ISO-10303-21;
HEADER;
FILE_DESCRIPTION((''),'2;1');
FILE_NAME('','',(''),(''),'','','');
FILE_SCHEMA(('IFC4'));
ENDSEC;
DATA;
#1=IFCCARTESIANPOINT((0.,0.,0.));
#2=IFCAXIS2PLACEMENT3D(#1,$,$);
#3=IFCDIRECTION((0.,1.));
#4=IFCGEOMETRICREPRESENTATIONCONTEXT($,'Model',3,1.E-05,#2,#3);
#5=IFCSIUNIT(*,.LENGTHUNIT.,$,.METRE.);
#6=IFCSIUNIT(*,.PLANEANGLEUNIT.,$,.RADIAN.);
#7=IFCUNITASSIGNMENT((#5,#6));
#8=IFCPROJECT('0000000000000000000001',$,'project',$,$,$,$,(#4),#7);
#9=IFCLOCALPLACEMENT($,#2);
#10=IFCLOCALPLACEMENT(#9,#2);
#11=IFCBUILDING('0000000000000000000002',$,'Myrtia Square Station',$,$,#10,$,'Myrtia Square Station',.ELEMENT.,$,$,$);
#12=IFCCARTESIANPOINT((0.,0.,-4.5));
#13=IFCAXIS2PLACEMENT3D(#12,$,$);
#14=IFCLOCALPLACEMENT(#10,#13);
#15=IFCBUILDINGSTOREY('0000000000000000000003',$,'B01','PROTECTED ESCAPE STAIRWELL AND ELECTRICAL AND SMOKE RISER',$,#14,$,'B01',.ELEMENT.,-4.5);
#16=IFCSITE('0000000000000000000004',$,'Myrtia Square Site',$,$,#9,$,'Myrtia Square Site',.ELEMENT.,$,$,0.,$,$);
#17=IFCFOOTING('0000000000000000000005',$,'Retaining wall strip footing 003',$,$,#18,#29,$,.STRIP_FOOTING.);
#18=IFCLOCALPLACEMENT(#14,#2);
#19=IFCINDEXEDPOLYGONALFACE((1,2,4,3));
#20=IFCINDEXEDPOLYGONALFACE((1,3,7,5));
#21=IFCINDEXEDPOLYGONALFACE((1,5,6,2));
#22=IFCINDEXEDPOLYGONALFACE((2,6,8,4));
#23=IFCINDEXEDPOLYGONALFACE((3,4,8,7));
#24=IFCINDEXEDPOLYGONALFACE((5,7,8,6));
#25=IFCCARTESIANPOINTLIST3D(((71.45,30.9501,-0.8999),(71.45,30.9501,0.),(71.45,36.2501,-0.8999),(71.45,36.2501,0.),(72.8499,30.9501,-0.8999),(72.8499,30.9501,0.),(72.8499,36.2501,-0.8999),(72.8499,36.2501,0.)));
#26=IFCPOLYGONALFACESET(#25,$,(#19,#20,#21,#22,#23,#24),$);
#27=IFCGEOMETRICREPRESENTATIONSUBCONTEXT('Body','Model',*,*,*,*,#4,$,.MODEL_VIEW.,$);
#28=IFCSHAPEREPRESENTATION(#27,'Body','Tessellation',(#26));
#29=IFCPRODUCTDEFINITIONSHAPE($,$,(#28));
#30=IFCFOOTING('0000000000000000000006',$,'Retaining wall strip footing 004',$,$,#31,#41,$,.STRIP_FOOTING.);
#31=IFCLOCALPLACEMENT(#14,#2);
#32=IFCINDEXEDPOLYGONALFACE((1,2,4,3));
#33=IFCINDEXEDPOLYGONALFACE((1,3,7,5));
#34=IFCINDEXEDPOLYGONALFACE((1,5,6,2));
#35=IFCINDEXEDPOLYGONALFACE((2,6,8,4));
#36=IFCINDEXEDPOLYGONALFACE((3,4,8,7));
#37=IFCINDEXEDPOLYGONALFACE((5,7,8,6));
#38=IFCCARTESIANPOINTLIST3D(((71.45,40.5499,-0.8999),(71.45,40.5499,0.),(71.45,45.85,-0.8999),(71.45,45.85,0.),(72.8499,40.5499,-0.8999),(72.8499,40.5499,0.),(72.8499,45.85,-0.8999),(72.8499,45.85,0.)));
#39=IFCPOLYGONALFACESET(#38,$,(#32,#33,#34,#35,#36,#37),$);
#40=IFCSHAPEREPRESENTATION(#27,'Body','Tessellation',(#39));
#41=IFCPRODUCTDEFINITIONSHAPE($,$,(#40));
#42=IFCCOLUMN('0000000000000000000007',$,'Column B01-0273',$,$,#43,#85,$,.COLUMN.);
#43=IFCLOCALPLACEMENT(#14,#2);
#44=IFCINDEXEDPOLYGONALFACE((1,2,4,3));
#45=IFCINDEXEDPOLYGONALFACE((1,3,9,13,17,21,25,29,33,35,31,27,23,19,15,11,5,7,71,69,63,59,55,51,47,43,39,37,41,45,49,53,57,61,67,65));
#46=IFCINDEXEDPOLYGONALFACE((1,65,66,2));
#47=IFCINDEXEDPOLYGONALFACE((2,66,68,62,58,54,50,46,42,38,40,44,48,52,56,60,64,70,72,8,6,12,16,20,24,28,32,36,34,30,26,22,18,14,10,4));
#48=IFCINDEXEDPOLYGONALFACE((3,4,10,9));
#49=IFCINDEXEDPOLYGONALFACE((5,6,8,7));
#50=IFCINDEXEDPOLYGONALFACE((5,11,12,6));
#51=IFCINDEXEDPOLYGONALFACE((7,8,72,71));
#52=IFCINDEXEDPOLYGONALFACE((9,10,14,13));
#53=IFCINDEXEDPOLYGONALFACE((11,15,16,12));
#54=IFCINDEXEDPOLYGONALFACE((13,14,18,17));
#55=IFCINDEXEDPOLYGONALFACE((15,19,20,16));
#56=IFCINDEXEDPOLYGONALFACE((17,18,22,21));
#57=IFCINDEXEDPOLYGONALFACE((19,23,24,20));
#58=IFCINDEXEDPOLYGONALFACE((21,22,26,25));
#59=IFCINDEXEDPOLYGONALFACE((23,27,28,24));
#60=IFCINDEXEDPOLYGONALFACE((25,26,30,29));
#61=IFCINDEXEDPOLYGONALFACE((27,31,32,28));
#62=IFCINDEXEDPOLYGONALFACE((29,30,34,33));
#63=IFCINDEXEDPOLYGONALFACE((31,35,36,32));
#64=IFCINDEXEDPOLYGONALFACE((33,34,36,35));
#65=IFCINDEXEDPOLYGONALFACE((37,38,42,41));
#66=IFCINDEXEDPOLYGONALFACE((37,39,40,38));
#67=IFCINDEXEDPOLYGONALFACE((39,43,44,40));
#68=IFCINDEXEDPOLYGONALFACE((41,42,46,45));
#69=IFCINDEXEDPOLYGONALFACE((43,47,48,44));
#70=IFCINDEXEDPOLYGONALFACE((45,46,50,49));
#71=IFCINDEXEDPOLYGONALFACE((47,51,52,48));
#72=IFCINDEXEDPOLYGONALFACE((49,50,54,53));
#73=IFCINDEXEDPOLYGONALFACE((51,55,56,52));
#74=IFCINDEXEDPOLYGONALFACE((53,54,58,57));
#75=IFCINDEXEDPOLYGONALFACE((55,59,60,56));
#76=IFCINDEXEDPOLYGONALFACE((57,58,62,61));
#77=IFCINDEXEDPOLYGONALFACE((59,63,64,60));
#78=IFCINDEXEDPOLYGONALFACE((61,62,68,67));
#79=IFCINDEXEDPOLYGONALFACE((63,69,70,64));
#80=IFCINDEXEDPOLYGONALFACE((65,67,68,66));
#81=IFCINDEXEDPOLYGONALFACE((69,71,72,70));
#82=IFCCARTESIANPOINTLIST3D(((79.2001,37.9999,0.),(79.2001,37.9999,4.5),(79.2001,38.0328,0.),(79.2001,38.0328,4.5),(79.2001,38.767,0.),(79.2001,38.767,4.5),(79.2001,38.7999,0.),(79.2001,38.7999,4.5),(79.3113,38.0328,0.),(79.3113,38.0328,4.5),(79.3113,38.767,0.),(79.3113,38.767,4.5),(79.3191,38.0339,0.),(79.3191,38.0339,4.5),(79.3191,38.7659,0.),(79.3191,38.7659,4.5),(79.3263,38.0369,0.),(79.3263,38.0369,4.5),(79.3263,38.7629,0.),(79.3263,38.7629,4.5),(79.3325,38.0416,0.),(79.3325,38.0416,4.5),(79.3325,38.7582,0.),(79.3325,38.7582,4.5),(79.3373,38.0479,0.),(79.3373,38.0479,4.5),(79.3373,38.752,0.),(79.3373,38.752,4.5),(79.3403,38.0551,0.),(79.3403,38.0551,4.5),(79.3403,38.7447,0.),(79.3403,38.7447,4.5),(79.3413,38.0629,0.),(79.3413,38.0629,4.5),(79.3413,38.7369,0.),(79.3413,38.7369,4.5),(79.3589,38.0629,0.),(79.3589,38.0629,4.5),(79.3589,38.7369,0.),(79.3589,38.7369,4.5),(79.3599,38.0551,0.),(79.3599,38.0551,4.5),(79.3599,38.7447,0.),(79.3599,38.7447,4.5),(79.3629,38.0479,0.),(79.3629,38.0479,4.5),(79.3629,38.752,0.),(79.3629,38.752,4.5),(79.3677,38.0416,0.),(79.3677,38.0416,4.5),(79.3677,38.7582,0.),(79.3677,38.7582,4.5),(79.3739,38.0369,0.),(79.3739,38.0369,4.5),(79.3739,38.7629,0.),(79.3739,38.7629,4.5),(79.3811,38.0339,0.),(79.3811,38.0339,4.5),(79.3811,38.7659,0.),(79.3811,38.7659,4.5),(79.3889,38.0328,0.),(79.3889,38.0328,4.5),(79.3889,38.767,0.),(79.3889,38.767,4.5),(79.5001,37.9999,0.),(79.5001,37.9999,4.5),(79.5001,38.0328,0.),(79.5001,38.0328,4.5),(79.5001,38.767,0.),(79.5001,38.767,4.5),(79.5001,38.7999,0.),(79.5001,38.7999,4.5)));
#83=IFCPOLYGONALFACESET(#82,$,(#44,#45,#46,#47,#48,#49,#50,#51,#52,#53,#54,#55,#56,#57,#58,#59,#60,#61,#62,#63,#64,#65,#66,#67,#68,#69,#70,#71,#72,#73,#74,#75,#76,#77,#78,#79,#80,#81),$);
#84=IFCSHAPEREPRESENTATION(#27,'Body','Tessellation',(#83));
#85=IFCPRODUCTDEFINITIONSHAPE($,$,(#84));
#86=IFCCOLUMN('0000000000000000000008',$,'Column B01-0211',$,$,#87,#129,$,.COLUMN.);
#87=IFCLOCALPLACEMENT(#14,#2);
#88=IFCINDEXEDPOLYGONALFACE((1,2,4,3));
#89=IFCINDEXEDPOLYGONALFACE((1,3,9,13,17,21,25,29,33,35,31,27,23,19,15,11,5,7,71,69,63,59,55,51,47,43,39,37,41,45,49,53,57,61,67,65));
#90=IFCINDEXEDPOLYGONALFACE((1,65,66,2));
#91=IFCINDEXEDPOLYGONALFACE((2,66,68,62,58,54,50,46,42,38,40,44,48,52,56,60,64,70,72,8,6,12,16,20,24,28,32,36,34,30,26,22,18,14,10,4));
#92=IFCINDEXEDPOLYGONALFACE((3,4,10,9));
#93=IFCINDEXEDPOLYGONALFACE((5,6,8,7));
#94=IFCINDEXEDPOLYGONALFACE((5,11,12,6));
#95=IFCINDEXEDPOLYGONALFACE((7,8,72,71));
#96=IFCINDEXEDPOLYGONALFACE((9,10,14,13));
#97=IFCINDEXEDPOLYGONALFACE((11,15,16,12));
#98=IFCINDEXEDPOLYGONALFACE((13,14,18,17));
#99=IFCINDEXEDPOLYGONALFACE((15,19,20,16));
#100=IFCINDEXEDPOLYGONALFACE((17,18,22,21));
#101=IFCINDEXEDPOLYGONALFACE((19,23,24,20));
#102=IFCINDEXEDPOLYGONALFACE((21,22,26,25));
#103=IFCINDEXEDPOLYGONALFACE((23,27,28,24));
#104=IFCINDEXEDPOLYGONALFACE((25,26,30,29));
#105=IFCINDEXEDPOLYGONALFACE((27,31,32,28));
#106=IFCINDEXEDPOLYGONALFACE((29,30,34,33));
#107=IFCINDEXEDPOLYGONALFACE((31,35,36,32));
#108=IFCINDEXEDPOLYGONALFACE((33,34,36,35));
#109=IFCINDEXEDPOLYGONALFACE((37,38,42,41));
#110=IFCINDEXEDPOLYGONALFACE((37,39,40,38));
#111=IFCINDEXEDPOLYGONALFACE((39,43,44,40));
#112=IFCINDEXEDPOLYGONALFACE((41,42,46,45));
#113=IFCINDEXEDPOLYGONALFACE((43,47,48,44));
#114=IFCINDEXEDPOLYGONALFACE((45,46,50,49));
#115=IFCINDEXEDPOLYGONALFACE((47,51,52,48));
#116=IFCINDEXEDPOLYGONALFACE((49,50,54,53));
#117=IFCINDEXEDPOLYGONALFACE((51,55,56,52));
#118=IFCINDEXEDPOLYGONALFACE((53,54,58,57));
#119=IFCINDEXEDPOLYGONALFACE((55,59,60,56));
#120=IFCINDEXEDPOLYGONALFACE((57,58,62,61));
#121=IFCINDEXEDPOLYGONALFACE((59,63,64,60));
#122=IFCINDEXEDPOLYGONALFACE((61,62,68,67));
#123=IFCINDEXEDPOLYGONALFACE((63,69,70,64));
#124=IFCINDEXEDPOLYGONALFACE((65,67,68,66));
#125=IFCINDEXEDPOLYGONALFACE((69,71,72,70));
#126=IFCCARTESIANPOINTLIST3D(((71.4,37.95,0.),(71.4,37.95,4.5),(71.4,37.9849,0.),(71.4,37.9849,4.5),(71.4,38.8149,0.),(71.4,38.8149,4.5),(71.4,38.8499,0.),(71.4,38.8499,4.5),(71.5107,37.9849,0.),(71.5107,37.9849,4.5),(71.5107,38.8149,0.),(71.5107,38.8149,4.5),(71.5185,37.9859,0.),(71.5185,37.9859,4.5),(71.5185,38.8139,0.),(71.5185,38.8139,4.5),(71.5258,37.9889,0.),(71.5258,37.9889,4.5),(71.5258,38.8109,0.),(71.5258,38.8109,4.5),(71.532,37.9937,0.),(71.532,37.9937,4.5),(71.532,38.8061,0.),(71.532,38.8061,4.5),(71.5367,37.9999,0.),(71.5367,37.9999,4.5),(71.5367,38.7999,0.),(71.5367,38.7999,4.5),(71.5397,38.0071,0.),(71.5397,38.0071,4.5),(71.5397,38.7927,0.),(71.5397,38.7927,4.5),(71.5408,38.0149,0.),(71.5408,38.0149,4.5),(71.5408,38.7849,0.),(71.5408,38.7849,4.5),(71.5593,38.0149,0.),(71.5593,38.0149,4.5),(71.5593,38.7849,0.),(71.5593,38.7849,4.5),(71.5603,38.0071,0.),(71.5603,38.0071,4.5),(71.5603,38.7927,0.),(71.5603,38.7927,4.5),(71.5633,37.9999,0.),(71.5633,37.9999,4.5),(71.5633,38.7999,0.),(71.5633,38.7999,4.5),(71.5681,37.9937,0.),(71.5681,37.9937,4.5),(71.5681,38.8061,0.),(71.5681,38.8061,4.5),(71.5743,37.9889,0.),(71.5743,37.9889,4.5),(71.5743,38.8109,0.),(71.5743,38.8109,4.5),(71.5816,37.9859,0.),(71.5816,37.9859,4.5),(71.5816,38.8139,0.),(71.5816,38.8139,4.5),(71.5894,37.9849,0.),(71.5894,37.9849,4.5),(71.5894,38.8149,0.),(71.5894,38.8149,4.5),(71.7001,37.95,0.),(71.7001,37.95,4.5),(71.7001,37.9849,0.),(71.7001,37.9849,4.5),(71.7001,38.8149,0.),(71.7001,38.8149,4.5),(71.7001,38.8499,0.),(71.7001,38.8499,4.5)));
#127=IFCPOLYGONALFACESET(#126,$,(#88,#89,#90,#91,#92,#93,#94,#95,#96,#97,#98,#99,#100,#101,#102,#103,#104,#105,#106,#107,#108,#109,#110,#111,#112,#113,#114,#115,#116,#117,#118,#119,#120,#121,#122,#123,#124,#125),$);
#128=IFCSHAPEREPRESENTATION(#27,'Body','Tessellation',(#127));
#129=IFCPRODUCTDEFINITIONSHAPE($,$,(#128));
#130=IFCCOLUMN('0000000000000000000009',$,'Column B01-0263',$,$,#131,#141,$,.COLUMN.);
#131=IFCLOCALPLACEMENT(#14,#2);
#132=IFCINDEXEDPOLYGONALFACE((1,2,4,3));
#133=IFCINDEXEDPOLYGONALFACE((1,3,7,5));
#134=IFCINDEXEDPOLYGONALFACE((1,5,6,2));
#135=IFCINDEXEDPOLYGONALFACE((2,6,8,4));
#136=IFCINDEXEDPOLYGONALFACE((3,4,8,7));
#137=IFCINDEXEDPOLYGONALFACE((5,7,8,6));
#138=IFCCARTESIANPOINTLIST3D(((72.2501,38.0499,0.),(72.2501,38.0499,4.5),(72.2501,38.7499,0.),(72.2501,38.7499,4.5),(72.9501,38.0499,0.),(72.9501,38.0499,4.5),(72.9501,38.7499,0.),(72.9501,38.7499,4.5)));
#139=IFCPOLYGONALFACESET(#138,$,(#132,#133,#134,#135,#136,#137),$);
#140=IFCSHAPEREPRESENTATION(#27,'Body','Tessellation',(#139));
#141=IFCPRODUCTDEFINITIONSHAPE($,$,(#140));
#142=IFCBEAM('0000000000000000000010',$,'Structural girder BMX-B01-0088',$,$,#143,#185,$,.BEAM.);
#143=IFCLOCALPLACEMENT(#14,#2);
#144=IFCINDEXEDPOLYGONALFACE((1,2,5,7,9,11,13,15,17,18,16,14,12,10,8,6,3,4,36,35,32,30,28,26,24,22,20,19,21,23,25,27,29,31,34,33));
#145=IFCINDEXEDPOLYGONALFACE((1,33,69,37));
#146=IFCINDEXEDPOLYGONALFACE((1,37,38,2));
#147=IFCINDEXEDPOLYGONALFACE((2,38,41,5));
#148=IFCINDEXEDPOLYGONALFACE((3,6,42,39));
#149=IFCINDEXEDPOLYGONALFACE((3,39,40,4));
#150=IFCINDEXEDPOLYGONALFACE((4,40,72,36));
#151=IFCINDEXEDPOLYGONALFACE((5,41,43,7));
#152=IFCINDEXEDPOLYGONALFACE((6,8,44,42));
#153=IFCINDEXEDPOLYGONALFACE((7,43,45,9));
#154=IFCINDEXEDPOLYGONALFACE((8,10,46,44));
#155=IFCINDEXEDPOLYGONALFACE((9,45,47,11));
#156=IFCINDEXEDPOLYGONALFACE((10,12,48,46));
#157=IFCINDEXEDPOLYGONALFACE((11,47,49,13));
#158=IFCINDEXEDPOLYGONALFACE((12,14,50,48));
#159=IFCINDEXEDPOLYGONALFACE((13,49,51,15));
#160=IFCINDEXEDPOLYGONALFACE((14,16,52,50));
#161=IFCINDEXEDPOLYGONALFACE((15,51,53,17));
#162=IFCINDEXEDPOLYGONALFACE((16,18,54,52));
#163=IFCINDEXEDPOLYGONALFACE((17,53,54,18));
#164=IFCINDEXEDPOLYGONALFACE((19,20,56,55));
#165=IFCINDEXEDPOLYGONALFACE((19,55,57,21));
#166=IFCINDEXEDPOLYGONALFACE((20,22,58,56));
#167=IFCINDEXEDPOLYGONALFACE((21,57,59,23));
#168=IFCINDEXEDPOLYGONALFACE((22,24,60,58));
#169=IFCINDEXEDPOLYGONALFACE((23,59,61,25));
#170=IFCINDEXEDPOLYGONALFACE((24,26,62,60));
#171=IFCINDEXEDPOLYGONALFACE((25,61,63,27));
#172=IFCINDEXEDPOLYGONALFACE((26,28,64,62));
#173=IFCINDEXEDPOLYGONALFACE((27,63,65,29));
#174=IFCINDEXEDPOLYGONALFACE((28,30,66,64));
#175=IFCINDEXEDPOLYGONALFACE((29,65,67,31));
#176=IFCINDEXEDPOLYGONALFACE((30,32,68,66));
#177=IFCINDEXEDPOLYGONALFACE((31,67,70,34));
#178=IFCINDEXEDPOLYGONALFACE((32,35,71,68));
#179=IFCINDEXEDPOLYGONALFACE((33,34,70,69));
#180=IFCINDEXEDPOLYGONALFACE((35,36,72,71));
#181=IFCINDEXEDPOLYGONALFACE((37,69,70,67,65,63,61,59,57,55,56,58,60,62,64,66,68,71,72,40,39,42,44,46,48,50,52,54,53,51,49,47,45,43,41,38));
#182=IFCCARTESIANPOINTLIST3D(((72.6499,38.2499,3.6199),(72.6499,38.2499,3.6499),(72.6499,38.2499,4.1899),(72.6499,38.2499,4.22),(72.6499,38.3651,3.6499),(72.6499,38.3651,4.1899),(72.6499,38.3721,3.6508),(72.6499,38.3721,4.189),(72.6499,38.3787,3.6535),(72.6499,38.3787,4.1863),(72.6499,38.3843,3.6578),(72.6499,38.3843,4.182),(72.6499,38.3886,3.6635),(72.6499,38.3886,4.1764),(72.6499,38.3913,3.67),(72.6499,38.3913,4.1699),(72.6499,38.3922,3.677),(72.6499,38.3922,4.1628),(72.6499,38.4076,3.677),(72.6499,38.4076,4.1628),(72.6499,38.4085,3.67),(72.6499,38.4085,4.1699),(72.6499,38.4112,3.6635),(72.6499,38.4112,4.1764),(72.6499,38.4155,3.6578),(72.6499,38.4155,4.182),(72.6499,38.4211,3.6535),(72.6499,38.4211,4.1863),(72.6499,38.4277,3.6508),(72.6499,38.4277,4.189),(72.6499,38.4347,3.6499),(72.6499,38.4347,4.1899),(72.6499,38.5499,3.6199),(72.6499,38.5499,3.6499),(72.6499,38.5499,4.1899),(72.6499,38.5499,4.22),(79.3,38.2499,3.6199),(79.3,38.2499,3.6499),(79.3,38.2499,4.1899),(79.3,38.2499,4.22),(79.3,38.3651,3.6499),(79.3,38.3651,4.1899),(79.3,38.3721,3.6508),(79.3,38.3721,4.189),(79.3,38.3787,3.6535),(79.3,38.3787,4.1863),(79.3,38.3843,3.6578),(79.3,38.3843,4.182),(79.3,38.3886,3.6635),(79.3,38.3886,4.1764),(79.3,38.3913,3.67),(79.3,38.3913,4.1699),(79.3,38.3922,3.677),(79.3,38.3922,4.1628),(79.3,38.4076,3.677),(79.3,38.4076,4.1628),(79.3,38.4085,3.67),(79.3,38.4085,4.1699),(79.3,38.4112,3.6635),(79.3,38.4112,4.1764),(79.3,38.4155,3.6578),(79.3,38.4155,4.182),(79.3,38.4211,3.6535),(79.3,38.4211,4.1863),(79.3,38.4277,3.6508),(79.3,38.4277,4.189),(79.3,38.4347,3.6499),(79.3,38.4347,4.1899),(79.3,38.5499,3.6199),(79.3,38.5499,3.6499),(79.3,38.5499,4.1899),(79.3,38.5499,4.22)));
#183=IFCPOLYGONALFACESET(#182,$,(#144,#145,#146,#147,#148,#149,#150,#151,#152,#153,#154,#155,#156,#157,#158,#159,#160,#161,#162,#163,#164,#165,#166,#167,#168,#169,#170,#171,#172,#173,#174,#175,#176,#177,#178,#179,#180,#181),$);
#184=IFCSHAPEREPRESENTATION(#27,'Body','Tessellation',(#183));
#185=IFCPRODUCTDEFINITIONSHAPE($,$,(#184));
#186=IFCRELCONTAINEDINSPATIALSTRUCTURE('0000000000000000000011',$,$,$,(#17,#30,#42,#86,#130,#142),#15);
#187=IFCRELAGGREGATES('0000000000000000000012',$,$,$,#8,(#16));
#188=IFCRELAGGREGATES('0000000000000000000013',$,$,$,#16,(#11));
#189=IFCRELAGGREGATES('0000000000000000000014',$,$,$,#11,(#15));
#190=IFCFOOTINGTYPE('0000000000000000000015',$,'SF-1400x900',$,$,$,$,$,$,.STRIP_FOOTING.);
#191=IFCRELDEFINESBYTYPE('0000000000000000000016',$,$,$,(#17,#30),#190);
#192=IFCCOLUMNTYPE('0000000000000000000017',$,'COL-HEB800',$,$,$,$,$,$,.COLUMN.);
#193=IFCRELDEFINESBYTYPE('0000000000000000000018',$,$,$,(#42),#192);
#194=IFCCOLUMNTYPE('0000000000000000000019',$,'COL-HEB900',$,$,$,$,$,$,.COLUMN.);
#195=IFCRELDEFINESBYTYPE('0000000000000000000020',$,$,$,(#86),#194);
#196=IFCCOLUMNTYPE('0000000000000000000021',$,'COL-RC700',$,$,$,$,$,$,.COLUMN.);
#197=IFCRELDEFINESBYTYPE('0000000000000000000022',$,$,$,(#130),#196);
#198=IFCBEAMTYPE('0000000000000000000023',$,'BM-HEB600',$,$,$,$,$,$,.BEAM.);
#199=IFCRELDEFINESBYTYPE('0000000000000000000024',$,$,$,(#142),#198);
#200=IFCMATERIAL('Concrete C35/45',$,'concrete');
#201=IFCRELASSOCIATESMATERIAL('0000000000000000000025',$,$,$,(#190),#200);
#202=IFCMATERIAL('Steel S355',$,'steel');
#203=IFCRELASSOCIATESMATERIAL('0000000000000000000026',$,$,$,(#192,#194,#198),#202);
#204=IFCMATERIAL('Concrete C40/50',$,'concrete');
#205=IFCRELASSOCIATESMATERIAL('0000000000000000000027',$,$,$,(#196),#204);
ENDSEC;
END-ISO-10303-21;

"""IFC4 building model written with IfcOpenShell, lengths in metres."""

from ifc_helpers import new_model, si_unit, direction, frame, origin, origin_2d, place, context, subcontext, project, spatial, rectangle, i_section, extrude, material, material_profile, profile_set, type_object, element, save


model = new_model("IFC4")

# Units and contexts
model_context = context("Model", 3, precision=1e-05, world=origin(), true_north=direction((0.0, 1.0)))
body_context = subcontext(model_context, "Body", "Model", "MODEL_VIEW")
ifc_project = project(units=[si_unit("LENGTHUNIT", "METRE"), si_unit("PLANEANGLEUNIT", "RADIAN")], contexts=[model_context])

# Site, building, storey
site_placement = place(None, origin())
site = spatial("IfcSite", under=ifc_project, at=site_placement, Name="Myrtia Square Site", LongName="Myrtia Square Site", CompositionType="ELEMENT", RefElevation=0.0)
building_placement = place(site_placement, origin())
building = spatial("IfcBuilding", under=site, at=building_placement, Name="Myrtia Square Station", LongName="Myrtia Square Station", CompositionType="ELEMENT")
storey_placement = place(building_placement, frame((0.0, 0.0, -4.5)))
storey = spatial("IfcBuildingStorey", under=building, at=storey_placement, Name="B01", Description="PROTECTED ESCAPE STAIRWELL AND ELECTRICAL AND SMOKE RISER", LongName="B01", CompositionType="ELEMENT", Elevation=-4.5)

# Shared definitions
ifc_material_1 = material(Name="Concrete C35/45", Category="concrete")

# Footings
footing_type_1 = type_object("IfcFootingType", Name="SF-1400x900", PredefinedType="STRIP_FOOTING", material=ifc_material_1)
for number, where, z_axis, x_axis, name in (
    (1, (72.1499, 33.6001, -0.8999), (0.0, 0.0, 1.0), (1.0, 0.0, 0.0), "Retaining wall strip footing 003"),
    (2, (72.1499, 43.2, -0.8999), (0.0, 0.0, 1.0), (1.0, 0.0, 0.0), "Retaining wall strip footing 004"),
):
    element("IfcFooting", number, at=place(storey_placement, frame(where, z_axis=z_axis, x_axis=x_axis)), inside=storey, type_object=footing_type_1, Name=name, PredefinedType="STRIP_FOOTING", context=body_context, shape_type="SweptSolid", body=[
        extrude(rectangle(XDim=1.3999, YDim=5.3, at=origin_2d()), origin(), (0.0, 0.0, 1.0), 0.8999),
    ])

# Columns
ifc_material_2 = material(Name="Steel S355", Category="steel")
ifc_material_profile_1 = material_profile(ifc_material_2, i_section(OverallWidth=0.3, OverallDepth=0.8, WebThickness=0.0176, FlangeThickness=0.033, FilletRadius=0.03, at=origin_2d()), Name="HEB 800")
ifc_profile_set_1 = profile_set([ifc_material_profile_1], Name="Steel S355")
column_type_1 = type_object("IfcColumnType", Name="COL-HEB800", PredefinedType="COLUMN", material=ifc_profile_set_1)
column_1_placement = place(storey_placement, frame((79.3501, 38.3999, 0.0), z_axis=(0.0, 0.0, 1.0), x_axis=(1.0, 0.0, 0.0)))
element("IfcColumn", 3, at=column_1_placement, inside=storey, type_object=column_type_1, Name="Column B01-0273", PredefinedType="COLUMN", context=body_context, shape_type="SweptSolid", body=[
    extrude(i_section(OverallWidth=0.3, OverallDepth=0.8, WebThickness=0.0176, FlangeThickness=0.033, FilletRadius=0.03, at=origin_2d()), origin(), (0.0, 0.0, 1.0), 4.5),
])
ifc_material_profile_2 = material_profile(ifc_material_2, i_section(OverallWidth=0.3, OverallDepth=0.8999, WebThickness=0.0186, FlangeThickness=0.0349, FilletRadius=0.03, at=origin_2d()), Name="HEB 900")
ifc_profile_set_2 = profile_set([ifc_material_profile_2], Name="Steel S355")
column_type_2 = type_object("IfcColumnType", Name="COL-HEB900", PredefinedType="COLUMN", material=ifc_profile_set_2)
column_2_placement = place(storey_placement, frame((71.55, 38.3999, 0.0), z_axis=(0.0, 0.0, 1.0), x_axis=(1.0, 0.0, 0.0)))
element("IfcColumn", 4, at=column_2_placement, inside=storey, type_object=column_type_2, Name="Column B01-0211", PredefinedType="COLUMN", context=body_context, shape_type="SweptSolid", body=[
    extrude(i_section(OverallWidth=0.3, OverallDepth=0.8999, WebThickness=0.0186, FlangeThickness=0.0349, FilletRadius=0.03, at=origin_2d()), origin(), (0.0, 0.0, 1.0), 4.5),
])
ifc_material_3 = material(Name="Concrete C40/50", Category="concrete")
ifc_material_profile_3 = material_profile(ifc_material_3, rectangle(XDim=0.7, YDim=0.7, at=origin_2d()), Name="RC 700x700")
ifc_profile_set_3 = profile_set([ifc_material_profile_3], Name="Concrete C40/50")
column_type_3 = type_object("IfcColumnType", Name="COL-RC700", PredefinedType="COLUMN", material=ifc_profile_set_3)
column_3_placement = place(storey_placement, frame((72.6001, 38.3999, 0.0), z_axis=(0.0, 0.0, 1.0), x_axis=(1.0, 0.0, 0.0)))
element("IfcColumn", 5, at=column_3_placement, inside=storey, type_object=column_type_3, Name="Column B01-0263", PredefinedType="COLUMN", context=body_context, shape_type="SweptSolid", body=[
    extrude(rectangle(XDim=0.7, YDim=0.7, at=origin_2d()), origin(), (0.0, 0.0, 1.0), 4.5),
])

# Beam
ifc_material_profile_4 = material_profile(ifc_material_2, i_section(OverallWidth=0.3, OverallDepth=0.6001, WebThickness=0.0154, FlangeThickness=0.03, FilletRadius=0.0271, at=origin_2d()), Name="HEB 600")
ifc_profile_set_4 = profile_set([ifc_material_profile_4], Name="Steel S355")
beam_type_1 = type_object("IfcBeamType", Name="BM-HEB600", PredefinedType="BEAM", material=ifc_profile_set_4)
beam_1_placement = place(storey_placement, frame((72.6499, 38.3999, 3.9199), z_axis=(1.0, 0.0, 0.0), x_axis=(0.0, 1.0, 0.0)))
element("IfcBeam", 6, at=beam_1_placement, inside=storey, type_object=beam_type_1, Name="Structural girder BMX-B01-0088", PredefinedType="BEAM", context=body_context, shape_type="SweptSolid", body=[
    extrude(i_section(OverallWidth=0.3, OverallDepth=0.6001, WebThickness=0.0154, FlangeThickness=0.03, FilletRadius=0.0271, at=origin_2d()), origin(), (0.0, 0.0, 1.0), 6.6501),
])

save(model, "model.ifc")
